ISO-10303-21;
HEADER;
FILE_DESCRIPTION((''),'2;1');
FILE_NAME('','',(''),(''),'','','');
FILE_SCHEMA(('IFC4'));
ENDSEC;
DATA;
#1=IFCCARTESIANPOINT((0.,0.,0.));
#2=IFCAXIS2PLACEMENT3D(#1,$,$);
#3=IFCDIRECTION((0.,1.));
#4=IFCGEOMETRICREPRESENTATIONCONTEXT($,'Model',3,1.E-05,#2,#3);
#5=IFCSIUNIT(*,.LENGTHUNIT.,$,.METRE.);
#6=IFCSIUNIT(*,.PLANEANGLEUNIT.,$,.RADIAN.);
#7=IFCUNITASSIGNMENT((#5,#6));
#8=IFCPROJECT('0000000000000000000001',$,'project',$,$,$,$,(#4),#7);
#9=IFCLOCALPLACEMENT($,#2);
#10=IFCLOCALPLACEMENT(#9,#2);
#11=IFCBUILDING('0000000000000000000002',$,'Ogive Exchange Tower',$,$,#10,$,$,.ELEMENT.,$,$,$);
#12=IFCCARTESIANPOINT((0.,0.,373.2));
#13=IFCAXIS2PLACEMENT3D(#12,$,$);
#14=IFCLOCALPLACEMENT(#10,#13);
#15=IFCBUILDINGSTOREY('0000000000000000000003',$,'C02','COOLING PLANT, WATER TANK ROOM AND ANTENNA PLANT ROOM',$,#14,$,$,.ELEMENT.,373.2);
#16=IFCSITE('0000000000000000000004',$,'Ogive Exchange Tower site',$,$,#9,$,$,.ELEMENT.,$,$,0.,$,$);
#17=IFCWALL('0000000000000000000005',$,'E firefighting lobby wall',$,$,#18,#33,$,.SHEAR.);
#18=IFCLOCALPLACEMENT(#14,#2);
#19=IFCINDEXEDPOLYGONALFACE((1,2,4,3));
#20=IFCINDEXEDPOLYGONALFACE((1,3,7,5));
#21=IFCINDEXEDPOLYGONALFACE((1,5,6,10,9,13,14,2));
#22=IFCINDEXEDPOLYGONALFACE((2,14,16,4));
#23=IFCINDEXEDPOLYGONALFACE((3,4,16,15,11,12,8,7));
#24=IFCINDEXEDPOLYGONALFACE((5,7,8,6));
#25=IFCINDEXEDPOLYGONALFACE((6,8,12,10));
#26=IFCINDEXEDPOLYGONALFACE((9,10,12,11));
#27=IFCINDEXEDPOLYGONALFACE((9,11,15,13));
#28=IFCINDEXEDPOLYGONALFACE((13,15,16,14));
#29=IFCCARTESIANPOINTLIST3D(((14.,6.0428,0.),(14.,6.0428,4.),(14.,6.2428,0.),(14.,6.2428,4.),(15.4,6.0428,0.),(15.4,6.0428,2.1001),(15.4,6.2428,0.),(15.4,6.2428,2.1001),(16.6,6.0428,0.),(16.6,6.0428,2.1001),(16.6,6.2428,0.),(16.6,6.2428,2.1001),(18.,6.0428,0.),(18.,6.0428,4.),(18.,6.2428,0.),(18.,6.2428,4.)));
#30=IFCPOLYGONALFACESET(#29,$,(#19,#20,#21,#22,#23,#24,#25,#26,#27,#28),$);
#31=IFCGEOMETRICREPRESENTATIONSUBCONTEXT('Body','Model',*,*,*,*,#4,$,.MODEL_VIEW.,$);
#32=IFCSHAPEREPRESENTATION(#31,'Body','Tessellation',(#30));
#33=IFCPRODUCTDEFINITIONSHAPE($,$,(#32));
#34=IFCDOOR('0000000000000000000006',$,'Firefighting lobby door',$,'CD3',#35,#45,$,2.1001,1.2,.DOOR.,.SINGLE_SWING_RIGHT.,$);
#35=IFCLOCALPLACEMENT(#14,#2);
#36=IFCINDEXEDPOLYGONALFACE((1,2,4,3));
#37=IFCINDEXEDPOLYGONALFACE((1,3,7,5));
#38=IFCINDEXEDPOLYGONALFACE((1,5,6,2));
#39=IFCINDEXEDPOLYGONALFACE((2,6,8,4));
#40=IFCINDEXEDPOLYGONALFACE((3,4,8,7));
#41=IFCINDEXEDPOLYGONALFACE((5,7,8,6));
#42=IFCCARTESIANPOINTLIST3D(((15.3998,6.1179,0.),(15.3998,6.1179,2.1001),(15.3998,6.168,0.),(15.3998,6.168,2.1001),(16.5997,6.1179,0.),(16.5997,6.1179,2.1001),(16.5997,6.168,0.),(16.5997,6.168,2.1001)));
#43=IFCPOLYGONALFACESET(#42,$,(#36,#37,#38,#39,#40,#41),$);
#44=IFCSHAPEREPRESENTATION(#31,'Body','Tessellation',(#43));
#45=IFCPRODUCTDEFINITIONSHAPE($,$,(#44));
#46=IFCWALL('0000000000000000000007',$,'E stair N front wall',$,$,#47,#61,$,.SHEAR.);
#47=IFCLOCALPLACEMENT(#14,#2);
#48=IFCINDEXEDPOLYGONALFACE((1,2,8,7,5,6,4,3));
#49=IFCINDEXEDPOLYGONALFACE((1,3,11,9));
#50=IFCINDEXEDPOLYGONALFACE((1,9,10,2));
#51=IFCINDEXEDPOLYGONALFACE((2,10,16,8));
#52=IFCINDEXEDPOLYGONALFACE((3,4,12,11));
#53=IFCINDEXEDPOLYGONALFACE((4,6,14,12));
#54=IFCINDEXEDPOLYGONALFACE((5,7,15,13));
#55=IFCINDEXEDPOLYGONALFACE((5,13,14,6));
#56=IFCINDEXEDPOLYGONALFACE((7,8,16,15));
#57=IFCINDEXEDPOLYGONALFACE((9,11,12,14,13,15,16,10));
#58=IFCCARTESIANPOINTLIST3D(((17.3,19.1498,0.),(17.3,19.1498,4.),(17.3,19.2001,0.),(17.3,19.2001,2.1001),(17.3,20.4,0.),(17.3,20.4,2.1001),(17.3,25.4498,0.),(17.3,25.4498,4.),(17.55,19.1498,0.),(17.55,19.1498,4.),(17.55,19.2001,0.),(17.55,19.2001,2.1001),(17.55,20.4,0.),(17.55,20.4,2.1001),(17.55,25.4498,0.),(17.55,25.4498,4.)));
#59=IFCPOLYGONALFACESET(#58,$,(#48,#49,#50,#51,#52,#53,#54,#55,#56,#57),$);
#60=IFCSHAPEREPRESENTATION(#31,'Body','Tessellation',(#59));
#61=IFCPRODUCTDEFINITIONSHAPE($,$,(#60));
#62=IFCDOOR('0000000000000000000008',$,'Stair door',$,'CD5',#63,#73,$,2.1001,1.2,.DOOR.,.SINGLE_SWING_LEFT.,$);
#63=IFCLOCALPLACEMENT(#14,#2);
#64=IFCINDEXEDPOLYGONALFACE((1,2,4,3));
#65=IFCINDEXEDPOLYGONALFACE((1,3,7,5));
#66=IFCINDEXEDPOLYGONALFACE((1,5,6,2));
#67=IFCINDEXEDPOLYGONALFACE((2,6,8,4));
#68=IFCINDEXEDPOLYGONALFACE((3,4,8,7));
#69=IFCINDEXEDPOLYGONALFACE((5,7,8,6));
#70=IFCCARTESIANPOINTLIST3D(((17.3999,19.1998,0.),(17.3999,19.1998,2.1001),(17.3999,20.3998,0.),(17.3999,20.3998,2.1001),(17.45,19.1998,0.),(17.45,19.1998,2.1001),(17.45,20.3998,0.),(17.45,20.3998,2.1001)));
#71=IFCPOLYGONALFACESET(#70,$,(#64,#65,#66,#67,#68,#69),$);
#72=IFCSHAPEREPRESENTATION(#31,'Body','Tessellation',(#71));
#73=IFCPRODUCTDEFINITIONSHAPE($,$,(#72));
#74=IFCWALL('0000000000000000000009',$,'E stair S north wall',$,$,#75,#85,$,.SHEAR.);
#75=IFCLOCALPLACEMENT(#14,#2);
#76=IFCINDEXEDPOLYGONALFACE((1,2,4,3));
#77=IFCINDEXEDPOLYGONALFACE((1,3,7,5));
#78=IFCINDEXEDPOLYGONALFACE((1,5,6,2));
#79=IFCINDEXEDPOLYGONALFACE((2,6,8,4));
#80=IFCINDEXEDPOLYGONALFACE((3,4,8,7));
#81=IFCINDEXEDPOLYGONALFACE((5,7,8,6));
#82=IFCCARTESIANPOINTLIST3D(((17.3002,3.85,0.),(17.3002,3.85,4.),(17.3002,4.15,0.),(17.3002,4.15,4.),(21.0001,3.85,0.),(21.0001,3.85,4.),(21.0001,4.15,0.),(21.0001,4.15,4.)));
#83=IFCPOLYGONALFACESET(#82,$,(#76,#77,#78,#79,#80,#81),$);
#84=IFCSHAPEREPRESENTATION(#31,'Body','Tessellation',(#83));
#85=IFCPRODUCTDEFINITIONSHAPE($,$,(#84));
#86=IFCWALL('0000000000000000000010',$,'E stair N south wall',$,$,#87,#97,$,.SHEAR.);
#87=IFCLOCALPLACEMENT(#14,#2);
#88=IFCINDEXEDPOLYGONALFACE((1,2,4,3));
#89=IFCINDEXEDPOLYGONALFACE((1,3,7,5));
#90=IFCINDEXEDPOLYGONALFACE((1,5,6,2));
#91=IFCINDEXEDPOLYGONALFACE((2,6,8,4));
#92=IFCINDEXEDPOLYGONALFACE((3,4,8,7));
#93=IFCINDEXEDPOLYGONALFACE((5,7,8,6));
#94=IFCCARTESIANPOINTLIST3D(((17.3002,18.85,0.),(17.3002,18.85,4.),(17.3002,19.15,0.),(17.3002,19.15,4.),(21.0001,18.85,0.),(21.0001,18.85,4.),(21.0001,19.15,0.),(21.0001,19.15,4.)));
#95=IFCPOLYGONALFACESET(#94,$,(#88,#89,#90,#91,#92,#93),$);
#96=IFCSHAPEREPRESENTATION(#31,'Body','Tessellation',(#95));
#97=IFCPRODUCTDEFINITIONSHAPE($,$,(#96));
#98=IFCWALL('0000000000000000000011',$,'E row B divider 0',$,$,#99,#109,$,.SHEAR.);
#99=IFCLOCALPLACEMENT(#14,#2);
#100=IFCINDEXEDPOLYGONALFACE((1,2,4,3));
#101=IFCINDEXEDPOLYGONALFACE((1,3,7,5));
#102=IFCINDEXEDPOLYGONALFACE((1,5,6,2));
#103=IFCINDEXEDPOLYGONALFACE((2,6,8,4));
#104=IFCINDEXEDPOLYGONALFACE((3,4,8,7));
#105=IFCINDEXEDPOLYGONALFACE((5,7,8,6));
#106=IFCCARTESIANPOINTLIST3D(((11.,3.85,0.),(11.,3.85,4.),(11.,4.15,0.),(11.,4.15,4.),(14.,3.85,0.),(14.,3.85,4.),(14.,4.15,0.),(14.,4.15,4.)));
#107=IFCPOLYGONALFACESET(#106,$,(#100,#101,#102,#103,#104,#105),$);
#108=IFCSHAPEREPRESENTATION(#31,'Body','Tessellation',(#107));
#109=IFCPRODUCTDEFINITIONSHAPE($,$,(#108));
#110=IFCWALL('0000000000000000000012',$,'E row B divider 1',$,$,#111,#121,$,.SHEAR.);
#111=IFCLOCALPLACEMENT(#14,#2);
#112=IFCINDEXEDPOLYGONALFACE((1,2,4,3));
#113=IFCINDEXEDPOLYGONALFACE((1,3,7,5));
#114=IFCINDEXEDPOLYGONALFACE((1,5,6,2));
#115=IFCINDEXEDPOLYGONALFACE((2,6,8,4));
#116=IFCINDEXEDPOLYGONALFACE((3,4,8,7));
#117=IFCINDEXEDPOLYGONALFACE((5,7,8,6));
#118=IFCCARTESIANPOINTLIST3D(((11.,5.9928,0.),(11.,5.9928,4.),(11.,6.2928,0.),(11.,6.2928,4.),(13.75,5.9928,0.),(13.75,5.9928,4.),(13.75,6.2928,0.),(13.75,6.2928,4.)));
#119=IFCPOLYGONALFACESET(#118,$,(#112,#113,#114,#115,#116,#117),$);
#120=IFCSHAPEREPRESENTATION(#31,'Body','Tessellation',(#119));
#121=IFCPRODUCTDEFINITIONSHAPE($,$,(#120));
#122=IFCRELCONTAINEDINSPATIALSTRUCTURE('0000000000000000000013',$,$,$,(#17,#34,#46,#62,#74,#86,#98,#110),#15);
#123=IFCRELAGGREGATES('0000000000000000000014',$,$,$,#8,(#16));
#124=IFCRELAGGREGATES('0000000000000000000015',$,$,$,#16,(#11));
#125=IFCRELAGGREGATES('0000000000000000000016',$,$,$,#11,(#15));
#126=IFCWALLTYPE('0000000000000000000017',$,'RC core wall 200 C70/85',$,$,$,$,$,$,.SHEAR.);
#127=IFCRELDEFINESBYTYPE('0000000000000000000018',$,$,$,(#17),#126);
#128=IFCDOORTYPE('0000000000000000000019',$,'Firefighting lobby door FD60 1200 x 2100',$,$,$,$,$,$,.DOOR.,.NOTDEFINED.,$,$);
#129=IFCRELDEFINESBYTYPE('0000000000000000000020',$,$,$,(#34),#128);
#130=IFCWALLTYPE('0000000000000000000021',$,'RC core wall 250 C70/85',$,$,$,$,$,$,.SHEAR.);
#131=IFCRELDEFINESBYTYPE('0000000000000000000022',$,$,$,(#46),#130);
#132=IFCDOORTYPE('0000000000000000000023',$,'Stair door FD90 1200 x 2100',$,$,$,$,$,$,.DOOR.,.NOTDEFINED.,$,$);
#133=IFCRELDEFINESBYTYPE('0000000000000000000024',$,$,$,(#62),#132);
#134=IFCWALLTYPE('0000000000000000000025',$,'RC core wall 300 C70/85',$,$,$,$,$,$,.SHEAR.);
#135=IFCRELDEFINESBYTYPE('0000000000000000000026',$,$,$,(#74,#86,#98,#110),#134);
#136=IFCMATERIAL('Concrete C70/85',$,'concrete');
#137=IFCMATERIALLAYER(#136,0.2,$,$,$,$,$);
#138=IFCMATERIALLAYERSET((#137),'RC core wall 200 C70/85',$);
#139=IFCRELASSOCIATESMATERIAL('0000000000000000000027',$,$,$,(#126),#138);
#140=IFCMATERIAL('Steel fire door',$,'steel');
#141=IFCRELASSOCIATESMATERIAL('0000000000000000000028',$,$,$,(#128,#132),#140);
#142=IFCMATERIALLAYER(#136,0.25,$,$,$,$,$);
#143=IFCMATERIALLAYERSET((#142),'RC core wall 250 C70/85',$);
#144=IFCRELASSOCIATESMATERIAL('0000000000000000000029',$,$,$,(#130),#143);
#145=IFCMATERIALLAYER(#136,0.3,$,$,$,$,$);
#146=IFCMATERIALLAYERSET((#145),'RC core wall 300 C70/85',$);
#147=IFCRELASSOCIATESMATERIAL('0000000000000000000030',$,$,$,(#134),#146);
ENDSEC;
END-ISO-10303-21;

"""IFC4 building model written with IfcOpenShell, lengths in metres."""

from ifc_helpers import new_model, si_unit, direction, frame, frame_2d, origin, place, context, subcontext, project, spatial, rectangle, extrude, material, layer, layer_set, type_object, element, fill, save


model = new_model("IFC4")

# Units and contexts
model_context = context("Model", 3, precision=1e-05, world=origin(), true_north=direction((0.0, 1.0)))
body_context = subcontext(model_context, "Body", "Model", "MODEL_VIEW")
ifc_project = project(units=[si_unit("LENGTHUNIT", "METRE"), si_unit("PLANEANGLEUNIT", "RADIAN")], contexts=[model_context])

# Site, building, storey
site_placement = place(None, origin())
site = spatial("IfcSite", under=ifc_project, at=site_placement, Name="Ogive Exchange Tower site", CompositionType="ELEMENT", RefElevation=0.0)
building_placement = place(site_placement, origin())
building = spatial("IfcBuilding", under=site, at=building_placement, Name="Ogive Exchange Tower", CompositionType="ELEMENT")
storey_placement = place(building_placement, frame((0.0, 0.0, 373.2)))
storey = spatial("IfcBuildingStorey", under=building, at=storey_placement, Name="C02", Description="COOLING PLANT, WATER TANK ROOM AND ANTENNA PLANT ROOM", CompositionType="ELEMENT", Elevation=373.2)

# Walls, openings, doors
ifc_material_1 = material(Name="Concrete C70/85", Category="concrete")
ifc_layer_1 = layer(ifc_material_1, 0.2)
ifc_layer_set_1 = layer_set([ifc_layer_1], Name="RC core wall 200 C70/85")
wall_type_1 = type_object("IfcWallType", Name="RC core wall 200 C70/85", PredefinedType="SHEAR", material=ifc_layer_set_1)
wall_1_placement = place(storey_placement, frame((14.0, 6.1428, 0.0), z_axis=(0.0, 0.0, 1.0), x_axis=(1.0, 0.0, 0.0)))
wall_1 = element("IfcWall", 1, at=wall_1_placement, inside=storey, type_object=wall_type_1, Name="E firefighting lobby wall", PredefinedType="SHEAR", context=body_context, shape_type="SweptSolid", body=[
    extrude(rectangle(XDim=4.0, YDim=0.2, at=frame_2d((2.0, 0.0))), origin(), (0.0, 0.0, 1.0), 4.0),
])
opening_1_placement = place(wall_1_placement, frame((1.3999, 0.0, 0.0)))
opening_1 = element("IfcOpeningElement", 2, at=opening_1_placement, cuts=wall_1, PredefinedType="OPENING", context=body_context, shape_type="SweptSolid", body=[
    extrude(rectangle(XDim=1.2, YDim=2.1001, at=frame_2d((0.6001, 1.05))), frame((0.0, 0.1099, 0.0), z_axis=(0.0, -1.0, 0.0), x_axis=(1.0, 0.0, 0.0)), (0.0, 0.0, 1.0), 0.22),
])
ifc_material_2 = material(Name="Steel fire door", Category="steel")
door_type_1 = type_object("IfcDoorType", Name="Firefighting lobby door FD60 1200 x 2100", OperationType="NOTDEFINED", PredefinedType="DOOR", material=ifc_material_2)
door_1_placement = place(opening_1_placement, frame((1.2, 0.0, 0.0), z_axis=(0.0, 0.0, 1.0), x_axis=(-1.0, 0.0, 0.0)))
door_1 = element("IfcDoor", 3, at=door_1_placement, inside=storey, type_object=door_type_1, Name="Firefighting lobby door", ObjectType="CD3", OperationType="SINGLE_SWING_RIGHT", OverallHeight=2.1001, OverallWidth=1.2, PredefinedType="DOOR", context=body_context, shape_type="SweptSolid", body=[
    extrude(rectangle(XDim=1.2, YDim=2.1001, at=frame_2d((0.6001, 1.05))), frame((0.0, 0.0249, 0.0), z_axis=(0.0, -1.0, 0.0), x_axis=(1.0, 0.0, 0.0)), (0.0, 0.0, 1.0), 0.05),
])
fill(opening_1, door_1)
ifc_layer_2 = layer(ifc_material_1, 0.25)
ifc_layer_set_2 = layer_set([ifc_layer_2], Name="RC core wall 250 C70/85")
wall_type_2 = type_object("IfcWallType", Name="RC core wall 250 C70/85", PredefinedType="SHEAR", material=ifc_layer_set_2)
wall_2_placement = place(storey_placement, frame((17.425, 19.1499, 0.0), z_axis=(0.0, 0.0, 1.0), x_axis=(0.0, 1.0, 0.0)))
wall_2 = element("IfcWall", 4, at=wall_2_placement, inside=storey, type_object=wall_type_2, Name="E stair N front wall", PredefinedType="SHEAR", context=body_context, shape_type="SweptSolid", body=[
    extrude(rectangle(XDim=6.3, YDim=0.25, at=frame_2d((3.1499, 0.0))), origin(), (0.0, 0.0, 1.0), 4.0),
])
opening_2_placement = place(wall_2_placement, frame((0.05, 0.0, 0.0)))
opening_2 = element("IfcOpeningElement", 5, at=opening_2_placement, cuts=wall_2, PredefinedType="OPENING", context=body_context, shape_type="SweptSolid", body=[
    extrude(rectangle(XDim=1.2, YDim=2.1001, at=frame_2d((0.6001, 1.05))), frame((0.0, 0.135, 0.0), z_axis=(0.0, -1.0, 0.0), x_axis=(1.0, 0.0, 0.0)), (0.0, 0.0, 1.0), 0.27),
])
door_type_2 = type_object("IfcDoorType", Name="Stair door FD90 1200 x 2100", OperationType="NOTDEFINED", PredefinedType="DOOR", material=ifc_material_2)
door_2_placement = place(opening_2_placement, frame((1.2, 0.0, 0.0), z_axis=(0.0, 0.0, 1.0), x_axis=(-1.0, 0.0, 0.0)))
door_2 = element("IfcDoor", 6, at=door_2_placement, inside=storey, type_object=door_type_2, Name="Stair door", ObjectType="CD5", OperationType="SINGLE_SWING_LEFT", OverallHeight=2.1001, OverallWidth=1.2, PredefinedType="DOOR", context=body_context, shape_type="SweptSolid", body=[
    extrude(rectangle(XDim=1.2, YDim=2.1001, at=frame_2d((0.6001, 1.05))), frame((0.0, 0.0249, 0.0), z_axis=(0.0, -1.0, 0.0), x_axis=(1.0, 0.0, 0.0)), (0.0, 0.0, 1.0), 0.05),
])
fill(opening_2, door_2)

# Walls
ifc_layer_3 = layer(ifc_material_1, 0.3)
ifc_layer_set_3 = layer_set([ifc_layer_3], Name="RC core wall 300 C70/85")
wall_type_3 = type_object("IfcWallType", Name="RC core wall 300 C70/85", PredefinedType="SHEAR", material=ifc_layer_set_3)
for number, where, z_axis, x_axis, name in (
    (7, (17.3, 4.0, 0.0), (0.0, 0.0, 1.0), (1.0, 0.0, 0.0), "E stair S north wall"),
    (8, (17.3, 19.0, 0.0), (0.0, 0.0, 1.0), (1.0, 0.0, 0.0), "E stair N south wall"),
):
    element("IfcWall", number, at=place(storey_placement, frame(where, z_axis=z_axis, x_axis=x_axis)), inside=storey, type_object=wall_type_3, Name=name, PredefinedType="SHEAR", context=body_context, shape_type="SweptSolid", body=[
        extrude(rectangle(XDim=3.7, YDim=0.3, at=frame_2d((1.8501, 0.0))), origin(), (0.0, 0.0, 1.0), 4.0),
    ])
wall_3_placement = place(storey_placement, frame((11.0, 4.0, 0.0), z_axis=(0.0, 0.0, 1.0), x_axis=(1.0, 0.0, 0.0)))
element("IfcWall", 9, at=wall_3_placement, inside=storey, type_object=wall_type_3, Name="E row B divider 0", PredefinedType="SHEAR", context=body_context, shape_type="SweptSolid", body=[
    extrude(rectangle(XDim=3.0, YDim=0.3, at=frame_2d((1.5, 0.0))), origin(), (0.0, 0.0, 1.0), 4.0),
])
wall_4_placement = place(storey_placement, frame((11.0, 6.1428, 0.0), z_axis=(0.0, 0.0, 1.0), x_axis=(1.0, 0.0, 0.0)))
element("IfcWall", 10, at=wall_4_placement, inside=storey, type_object=wall_type_3, Name="E row B divider 1", PredefinedType="SHEAR", context=body_context, shape_type="SweptSolid", body=[
    extrude(rectangle(XDim=2.75, YDim=0.3, at=frame_2d((1.375, 0.0))), origin(), (0.0, 0.0, 1.0), 4.0),
])

save(model, "model.ifc")
